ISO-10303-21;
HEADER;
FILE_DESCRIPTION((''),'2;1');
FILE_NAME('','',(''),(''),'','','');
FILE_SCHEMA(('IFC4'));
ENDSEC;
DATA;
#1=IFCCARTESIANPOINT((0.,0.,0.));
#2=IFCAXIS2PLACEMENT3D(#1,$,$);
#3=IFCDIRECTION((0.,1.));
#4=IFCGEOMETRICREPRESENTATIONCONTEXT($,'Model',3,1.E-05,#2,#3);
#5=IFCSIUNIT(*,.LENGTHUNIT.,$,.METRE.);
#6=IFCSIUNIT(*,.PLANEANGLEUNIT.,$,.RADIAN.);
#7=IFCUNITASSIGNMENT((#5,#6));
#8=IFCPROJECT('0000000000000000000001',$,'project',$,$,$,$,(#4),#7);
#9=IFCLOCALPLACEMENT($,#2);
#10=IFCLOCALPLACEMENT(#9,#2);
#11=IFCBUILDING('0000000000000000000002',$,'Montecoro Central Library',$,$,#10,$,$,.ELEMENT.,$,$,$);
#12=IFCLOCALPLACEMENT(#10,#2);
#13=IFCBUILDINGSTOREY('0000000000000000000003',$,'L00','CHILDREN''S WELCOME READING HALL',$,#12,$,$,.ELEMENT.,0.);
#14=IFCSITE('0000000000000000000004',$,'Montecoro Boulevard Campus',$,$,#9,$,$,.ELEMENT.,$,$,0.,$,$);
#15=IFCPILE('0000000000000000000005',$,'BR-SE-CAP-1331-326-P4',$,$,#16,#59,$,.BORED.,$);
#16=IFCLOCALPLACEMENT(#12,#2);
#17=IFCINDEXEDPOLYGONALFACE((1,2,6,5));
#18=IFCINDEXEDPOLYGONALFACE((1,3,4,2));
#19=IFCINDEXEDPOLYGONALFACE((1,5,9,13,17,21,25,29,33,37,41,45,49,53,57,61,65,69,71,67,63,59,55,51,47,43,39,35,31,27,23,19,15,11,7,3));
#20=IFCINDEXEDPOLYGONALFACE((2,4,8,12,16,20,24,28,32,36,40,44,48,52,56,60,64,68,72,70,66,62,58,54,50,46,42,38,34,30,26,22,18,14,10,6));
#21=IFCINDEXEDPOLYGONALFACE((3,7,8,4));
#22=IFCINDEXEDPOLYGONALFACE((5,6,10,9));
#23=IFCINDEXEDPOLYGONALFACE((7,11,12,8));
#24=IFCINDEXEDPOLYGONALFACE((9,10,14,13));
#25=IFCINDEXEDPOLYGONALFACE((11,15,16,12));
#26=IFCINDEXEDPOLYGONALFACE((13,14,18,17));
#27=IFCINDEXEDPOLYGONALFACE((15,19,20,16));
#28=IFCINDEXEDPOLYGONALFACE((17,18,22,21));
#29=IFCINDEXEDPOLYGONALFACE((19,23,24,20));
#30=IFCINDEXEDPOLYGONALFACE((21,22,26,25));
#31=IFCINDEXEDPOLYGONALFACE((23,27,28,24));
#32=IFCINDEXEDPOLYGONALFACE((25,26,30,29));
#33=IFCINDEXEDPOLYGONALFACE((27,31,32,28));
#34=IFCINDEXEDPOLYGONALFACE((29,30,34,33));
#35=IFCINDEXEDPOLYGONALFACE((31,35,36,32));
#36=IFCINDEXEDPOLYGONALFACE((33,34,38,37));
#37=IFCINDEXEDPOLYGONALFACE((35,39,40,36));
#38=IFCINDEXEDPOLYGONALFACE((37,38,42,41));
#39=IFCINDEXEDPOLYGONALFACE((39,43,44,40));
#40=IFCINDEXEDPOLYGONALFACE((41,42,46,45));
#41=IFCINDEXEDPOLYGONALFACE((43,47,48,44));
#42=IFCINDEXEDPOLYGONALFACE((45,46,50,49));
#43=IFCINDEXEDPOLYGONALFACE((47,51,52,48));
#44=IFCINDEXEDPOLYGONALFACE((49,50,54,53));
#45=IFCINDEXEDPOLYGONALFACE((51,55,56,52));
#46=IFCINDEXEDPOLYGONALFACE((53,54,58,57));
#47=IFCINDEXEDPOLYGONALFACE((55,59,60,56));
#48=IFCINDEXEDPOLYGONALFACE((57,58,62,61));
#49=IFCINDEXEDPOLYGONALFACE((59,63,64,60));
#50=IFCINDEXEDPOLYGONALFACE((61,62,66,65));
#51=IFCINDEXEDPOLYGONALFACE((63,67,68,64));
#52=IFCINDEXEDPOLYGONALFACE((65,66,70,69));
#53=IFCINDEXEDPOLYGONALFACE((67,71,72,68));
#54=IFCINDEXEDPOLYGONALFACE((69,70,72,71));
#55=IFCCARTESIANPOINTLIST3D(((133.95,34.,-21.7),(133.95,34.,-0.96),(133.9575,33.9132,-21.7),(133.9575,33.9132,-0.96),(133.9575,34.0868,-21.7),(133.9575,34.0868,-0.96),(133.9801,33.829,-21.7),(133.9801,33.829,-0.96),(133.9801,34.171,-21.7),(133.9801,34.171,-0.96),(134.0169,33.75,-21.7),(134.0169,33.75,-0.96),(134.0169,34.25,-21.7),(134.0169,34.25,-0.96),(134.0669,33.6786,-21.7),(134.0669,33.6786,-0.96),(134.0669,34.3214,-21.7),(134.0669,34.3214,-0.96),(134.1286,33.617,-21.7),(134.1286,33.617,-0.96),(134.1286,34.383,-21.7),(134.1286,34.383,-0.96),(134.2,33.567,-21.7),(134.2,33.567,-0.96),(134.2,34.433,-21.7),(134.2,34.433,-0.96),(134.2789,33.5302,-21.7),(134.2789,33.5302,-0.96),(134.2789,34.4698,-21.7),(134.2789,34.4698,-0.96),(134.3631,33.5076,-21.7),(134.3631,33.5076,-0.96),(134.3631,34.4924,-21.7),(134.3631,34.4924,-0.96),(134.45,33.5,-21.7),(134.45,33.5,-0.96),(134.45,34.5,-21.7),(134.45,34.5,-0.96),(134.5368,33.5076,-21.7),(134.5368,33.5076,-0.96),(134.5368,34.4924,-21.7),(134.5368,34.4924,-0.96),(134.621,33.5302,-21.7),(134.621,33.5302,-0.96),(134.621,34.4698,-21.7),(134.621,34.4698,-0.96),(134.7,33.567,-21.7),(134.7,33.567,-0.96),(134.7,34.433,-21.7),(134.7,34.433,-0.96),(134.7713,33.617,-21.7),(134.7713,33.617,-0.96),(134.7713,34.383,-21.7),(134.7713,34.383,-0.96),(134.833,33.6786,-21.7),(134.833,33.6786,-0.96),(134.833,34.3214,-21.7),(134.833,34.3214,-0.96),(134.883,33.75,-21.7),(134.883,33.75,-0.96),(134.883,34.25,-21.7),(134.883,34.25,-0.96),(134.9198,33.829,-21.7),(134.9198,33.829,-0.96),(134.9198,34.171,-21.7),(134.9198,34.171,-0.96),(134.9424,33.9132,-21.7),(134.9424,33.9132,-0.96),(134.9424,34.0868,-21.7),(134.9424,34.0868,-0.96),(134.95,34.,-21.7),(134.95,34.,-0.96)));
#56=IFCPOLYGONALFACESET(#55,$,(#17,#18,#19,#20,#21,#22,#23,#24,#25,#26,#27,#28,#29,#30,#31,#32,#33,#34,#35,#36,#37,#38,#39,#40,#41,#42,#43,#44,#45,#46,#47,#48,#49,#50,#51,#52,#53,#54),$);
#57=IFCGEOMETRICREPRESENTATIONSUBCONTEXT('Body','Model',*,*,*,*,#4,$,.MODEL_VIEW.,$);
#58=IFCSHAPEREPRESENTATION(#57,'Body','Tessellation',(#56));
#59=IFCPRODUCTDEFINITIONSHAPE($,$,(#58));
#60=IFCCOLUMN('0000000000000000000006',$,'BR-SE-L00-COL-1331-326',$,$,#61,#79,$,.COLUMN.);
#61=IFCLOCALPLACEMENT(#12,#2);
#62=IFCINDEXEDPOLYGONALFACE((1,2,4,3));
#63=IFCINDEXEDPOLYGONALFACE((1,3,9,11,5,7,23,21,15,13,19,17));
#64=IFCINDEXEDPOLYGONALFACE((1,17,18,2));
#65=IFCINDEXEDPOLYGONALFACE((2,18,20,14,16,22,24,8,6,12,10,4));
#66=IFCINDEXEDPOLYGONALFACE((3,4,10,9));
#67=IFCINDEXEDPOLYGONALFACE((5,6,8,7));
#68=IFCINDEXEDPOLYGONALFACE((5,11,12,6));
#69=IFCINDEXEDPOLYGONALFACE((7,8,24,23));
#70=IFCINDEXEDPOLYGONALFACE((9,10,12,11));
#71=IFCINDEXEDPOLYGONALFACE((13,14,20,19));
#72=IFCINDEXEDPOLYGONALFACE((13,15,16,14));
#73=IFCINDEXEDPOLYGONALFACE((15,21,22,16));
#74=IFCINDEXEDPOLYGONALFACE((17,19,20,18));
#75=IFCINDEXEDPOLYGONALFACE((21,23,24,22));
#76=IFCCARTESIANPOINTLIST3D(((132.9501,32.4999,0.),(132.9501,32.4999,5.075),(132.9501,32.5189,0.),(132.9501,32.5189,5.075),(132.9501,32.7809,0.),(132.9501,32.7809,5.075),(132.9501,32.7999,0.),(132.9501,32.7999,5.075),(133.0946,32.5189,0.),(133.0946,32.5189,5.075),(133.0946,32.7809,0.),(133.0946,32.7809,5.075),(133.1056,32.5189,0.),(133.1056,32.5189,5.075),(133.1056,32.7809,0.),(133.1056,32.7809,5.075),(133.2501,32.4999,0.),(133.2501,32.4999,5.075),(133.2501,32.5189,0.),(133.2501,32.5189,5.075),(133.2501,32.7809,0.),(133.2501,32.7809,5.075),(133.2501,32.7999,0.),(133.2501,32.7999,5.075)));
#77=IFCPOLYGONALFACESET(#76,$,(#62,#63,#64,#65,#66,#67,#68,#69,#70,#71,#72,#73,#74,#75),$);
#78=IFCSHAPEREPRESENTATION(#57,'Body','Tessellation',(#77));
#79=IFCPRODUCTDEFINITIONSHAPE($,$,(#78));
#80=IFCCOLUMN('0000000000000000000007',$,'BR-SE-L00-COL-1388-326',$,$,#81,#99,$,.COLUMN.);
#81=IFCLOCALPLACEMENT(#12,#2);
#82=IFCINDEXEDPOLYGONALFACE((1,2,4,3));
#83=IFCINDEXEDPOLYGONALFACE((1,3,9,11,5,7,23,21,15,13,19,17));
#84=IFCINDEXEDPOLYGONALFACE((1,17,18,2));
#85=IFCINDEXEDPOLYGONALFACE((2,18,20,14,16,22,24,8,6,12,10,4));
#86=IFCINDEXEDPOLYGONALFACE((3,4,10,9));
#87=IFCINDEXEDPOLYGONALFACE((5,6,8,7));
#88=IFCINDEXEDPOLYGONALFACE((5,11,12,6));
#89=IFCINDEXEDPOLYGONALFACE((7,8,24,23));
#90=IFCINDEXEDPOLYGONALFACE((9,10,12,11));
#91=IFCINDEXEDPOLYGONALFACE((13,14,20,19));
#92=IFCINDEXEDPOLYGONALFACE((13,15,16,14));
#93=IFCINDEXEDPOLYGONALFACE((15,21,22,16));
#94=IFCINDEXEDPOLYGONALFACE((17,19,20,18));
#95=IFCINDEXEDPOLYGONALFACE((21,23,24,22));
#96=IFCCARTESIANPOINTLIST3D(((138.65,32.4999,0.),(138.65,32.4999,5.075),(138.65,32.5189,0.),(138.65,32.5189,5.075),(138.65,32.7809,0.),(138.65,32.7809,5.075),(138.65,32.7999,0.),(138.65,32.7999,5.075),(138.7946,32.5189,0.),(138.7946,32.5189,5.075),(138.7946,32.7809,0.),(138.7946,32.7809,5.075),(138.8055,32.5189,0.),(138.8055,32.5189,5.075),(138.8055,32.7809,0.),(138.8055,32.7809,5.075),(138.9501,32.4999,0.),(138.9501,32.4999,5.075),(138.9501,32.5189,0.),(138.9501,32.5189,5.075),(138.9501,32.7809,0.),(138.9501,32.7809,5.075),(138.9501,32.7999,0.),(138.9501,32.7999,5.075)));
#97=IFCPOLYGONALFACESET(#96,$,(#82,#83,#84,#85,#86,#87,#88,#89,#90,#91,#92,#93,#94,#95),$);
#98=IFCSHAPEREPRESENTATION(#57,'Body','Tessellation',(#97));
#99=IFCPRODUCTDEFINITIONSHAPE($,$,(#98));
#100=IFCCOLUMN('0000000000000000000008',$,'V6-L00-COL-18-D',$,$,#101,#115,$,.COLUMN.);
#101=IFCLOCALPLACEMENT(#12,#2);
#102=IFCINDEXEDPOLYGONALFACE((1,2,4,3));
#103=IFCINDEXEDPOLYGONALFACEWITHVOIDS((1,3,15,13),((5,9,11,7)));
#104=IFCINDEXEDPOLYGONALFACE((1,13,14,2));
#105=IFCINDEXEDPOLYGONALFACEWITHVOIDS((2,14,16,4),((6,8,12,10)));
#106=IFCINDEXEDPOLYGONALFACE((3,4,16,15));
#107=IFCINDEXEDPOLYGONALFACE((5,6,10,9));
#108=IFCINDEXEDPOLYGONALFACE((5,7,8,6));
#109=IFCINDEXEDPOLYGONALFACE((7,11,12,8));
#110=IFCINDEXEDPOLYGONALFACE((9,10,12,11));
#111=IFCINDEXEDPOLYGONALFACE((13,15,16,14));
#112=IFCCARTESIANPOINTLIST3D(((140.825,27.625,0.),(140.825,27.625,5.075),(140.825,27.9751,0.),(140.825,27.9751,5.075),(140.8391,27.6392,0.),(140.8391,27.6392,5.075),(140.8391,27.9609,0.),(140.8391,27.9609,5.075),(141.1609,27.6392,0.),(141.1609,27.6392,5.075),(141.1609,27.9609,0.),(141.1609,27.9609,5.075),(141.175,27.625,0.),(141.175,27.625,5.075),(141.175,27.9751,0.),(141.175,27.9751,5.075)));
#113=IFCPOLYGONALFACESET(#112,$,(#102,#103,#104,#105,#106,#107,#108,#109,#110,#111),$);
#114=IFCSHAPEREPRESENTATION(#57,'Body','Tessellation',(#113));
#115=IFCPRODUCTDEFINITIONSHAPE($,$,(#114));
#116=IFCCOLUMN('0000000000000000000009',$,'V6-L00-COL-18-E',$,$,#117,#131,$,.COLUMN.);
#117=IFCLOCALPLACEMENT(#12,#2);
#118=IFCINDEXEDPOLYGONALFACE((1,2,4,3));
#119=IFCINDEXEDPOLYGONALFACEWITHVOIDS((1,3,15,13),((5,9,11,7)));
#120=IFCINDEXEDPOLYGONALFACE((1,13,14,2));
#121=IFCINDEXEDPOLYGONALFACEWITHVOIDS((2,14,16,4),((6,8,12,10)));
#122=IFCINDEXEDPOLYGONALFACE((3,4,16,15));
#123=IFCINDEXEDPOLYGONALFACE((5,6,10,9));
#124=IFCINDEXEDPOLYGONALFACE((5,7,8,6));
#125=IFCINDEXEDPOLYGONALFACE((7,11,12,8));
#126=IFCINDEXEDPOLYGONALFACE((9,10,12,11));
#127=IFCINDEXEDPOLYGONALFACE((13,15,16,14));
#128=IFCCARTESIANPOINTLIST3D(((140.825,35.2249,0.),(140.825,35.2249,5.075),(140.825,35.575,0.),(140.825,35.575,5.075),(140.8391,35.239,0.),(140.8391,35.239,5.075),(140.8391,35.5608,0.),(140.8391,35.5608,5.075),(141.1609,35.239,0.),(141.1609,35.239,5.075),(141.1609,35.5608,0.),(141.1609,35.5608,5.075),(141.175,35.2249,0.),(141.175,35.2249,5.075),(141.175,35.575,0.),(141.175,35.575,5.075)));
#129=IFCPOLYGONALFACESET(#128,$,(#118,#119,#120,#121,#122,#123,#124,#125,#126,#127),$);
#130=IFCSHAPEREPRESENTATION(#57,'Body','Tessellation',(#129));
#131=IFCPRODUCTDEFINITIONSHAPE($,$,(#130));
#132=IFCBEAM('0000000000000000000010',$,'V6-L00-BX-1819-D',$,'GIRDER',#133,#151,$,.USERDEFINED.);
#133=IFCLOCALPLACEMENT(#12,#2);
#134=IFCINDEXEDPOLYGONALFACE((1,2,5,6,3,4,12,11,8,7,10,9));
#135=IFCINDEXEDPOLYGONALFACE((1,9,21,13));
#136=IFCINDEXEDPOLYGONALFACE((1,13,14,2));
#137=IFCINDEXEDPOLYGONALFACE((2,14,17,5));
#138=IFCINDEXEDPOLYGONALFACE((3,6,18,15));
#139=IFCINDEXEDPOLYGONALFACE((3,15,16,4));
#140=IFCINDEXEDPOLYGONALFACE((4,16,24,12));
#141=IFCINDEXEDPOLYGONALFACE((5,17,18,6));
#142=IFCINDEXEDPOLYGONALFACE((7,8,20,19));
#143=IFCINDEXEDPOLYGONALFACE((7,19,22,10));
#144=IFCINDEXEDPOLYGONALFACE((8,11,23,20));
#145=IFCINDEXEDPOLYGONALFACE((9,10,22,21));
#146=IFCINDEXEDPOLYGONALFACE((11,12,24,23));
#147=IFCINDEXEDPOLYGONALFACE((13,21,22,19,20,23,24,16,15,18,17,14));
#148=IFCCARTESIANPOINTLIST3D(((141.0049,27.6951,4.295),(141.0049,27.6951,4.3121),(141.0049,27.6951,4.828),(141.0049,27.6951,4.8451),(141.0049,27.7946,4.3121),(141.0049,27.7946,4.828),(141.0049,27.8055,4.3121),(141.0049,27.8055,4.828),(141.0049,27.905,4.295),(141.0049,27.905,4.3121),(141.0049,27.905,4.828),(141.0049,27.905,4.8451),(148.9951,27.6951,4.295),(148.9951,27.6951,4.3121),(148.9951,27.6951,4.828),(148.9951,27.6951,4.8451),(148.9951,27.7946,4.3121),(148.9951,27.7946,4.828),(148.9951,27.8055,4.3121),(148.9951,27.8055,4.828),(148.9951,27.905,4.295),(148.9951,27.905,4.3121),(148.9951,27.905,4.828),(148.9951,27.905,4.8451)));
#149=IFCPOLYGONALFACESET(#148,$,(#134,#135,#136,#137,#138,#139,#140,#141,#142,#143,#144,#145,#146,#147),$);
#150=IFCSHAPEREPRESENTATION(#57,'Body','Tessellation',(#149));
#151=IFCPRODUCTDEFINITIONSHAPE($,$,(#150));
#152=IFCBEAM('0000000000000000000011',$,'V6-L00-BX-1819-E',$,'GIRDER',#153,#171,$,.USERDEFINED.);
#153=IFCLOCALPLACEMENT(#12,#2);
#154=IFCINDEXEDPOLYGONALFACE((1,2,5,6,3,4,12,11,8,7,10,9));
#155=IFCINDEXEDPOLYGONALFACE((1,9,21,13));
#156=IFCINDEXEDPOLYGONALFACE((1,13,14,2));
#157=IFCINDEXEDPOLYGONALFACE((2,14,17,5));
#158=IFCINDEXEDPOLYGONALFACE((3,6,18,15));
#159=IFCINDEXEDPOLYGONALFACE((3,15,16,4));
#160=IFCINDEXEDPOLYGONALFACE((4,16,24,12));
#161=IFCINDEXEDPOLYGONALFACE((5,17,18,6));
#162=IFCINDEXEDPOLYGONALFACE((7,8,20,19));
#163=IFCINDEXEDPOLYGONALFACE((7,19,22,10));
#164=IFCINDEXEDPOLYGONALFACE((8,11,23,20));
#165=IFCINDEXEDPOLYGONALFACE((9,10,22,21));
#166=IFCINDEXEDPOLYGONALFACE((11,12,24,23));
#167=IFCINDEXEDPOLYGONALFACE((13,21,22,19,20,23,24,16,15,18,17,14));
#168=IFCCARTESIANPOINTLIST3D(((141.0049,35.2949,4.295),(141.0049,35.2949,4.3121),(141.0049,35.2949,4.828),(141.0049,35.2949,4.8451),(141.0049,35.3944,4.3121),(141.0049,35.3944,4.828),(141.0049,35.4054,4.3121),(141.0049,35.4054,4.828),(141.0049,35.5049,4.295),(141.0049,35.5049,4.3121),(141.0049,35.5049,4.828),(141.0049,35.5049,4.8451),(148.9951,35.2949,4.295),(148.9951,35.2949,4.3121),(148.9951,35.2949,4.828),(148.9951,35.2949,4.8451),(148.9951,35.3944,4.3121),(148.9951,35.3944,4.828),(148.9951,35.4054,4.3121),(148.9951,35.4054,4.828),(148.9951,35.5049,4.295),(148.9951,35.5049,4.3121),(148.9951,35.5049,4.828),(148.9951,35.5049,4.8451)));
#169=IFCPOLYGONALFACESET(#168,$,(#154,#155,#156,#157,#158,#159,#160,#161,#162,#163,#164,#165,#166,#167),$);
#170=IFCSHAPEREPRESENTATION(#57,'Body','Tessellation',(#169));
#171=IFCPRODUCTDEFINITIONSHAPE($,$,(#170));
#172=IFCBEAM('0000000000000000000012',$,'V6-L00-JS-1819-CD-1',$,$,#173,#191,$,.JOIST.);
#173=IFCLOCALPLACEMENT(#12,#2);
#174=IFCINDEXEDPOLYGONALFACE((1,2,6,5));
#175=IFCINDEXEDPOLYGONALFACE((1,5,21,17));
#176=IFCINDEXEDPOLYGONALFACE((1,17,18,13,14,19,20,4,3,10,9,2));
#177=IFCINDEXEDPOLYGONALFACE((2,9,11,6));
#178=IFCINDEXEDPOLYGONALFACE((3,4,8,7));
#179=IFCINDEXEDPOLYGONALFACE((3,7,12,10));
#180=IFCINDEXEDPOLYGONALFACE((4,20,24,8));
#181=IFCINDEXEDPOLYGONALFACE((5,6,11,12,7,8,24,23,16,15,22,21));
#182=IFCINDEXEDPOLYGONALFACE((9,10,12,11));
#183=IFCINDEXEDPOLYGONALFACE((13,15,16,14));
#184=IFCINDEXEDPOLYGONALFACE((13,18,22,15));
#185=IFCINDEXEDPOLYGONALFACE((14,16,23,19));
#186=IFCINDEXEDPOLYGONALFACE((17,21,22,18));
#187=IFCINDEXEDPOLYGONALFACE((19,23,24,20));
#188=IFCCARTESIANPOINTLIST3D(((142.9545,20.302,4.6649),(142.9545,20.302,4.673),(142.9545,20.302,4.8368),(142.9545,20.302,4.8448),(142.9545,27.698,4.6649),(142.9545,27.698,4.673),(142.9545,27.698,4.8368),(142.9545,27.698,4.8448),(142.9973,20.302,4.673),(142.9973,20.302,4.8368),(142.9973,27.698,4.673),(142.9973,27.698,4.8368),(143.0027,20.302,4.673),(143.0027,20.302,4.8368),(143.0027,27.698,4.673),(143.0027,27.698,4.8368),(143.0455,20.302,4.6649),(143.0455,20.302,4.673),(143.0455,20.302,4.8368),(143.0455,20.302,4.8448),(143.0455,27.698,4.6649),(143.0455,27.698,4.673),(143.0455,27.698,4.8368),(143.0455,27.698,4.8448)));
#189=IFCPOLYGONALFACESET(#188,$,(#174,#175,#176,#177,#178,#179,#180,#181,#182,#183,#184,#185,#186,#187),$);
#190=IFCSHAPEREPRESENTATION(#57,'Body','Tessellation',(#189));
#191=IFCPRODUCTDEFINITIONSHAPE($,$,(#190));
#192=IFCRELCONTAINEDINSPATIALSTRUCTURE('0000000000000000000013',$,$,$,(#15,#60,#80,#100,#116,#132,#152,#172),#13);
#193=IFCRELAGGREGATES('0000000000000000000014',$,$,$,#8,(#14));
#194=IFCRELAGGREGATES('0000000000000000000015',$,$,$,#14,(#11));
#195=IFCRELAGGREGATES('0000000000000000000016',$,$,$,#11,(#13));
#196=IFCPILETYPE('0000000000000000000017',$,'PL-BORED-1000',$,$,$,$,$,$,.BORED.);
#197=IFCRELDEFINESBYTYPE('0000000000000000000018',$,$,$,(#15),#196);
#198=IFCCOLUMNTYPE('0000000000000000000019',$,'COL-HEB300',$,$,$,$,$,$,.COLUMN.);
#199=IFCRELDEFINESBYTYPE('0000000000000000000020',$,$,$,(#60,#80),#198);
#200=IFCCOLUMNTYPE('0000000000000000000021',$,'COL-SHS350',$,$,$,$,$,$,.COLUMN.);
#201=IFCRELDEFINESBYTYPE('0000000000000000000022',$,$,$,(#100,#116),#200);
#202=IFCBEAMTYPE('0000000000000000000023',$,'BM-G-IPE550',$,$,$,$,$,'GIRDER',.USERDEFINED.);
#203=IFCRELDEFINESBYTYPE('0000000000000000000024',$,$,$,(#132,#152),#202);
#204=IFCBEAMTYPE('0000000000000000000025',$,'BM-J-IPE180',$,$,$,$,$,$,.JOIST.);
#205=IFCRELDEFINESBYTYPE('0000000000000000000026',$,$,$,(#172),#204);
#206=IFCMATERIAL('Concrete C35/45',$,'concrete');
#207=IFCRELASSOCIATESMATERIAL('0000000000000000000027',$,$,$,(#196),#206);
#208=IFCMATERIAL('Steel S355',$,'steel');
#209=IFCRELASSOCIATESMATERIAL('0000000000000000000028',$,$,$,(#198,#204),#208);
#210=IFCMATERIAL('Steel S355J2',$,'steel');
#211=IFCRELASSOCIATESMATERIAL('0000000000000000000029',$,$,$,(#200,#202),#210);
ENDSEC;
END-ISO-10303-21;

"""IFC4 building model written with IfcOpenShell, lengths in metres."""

from ifc_helpers import new_model, si_unit, direction, frame, origin, origin_2d, place, context, subcontext, project, spatial, hollow_rectangle, circle, i_section, extrude, material, material_profile, profile_set, type_object, element, save


model = new_model("IFC4")

# Units and contexts
model_context = context("Model", 3, precision=1e-05, world=origin(), true_north=direction((0.0, 1.0)))
body_context = subcontext(model_context, "Body", "Model", "MODEL_VIEW")
ifc_project = project(units=[si_unit("LENGTHUNIT", "METRE"), si_unit("PLANEANGLEUNIT", "RADIAN")], contexts=[model_context])

# Site, building, storey
site_placement = place(None, origin())
site = spatial("IfcSite", under=ifc_project, at=site_placement, Name="Montecoro Boulevard Campus", CompositionType="ELEMENT", RefElevation=0.0)
building_placement = place(site_placement, origin())
building = spatial("IfcBuilding", under=site, at=building_placement, Name="Montecoro Central Library", CompositionType="ELEMENT")
storey_placement = place(building_placement, origin())
storey = spatial("IfcBuildingStorey", under=building, at=storey_placement, Name="L00", Description="CHILDREN'S WELCOME READING HALL", CompositionType="ELEMENT", Elevation=0.0)

# Shared definitions
ifc_material_1 = material(Name="Concrete C35/45", Category="concrete")

# Pile
ifc_material_profile_1 = material_profile(ifc_material_1, circle(Radius=0.5, at=origin_2d()), Name="PILE D1000")
ifc_profile_set_1 = profile_set([ifc_material_profile_1], Name="Concrete C35/45")
pile_type = type_object("IfcPileType", Name="PL-BORED-1000", PredefinedType="BORED", material=ifc_profile_set_1)
for number, where, z_axis, x_axis, name in (
    (1, (134.45, 34.0, -0.96), (0.0, 0.0, -1.0), (1.0, 0.0, 0.0), "BR-SE-CAP-1331-326-P4"),
):
    element("IfcPile", number, at=place(storey_placement, frame(where, z_axis=z_axis, x_axis=x_axis)), inside=storey, type_object=pile_type, Name=name, PredefinedType="BORED", context=body_context, shape_type="SweptSolid", body=[
        extrude(circle(Radius=0.5, at=origin_2d()), origin(), (0.0, 0.0, 1.0), 20.74),
    ])

# Columns
ifc_material_2 = material(Name="Steel S355", Category="steel")
ifc_material_profile_2 = material_profile(ifc_material_2, i_section(OverallWidth=0.3, OverallDepth=0.3, WebThickness=0.011, FlangeThickness=0.019, at=origin_2d()), Name="HEB 300")
ifc_profile_set_2 = profile_set([ifc_material_profile_2], Name="Steel S355")
column_type_1 = type_object("IfcColumnType", Name="COL-HEB300", PredefinedType="COLUMN", material=ifc_profile_set_2)
for number, where, z_axis, x_axis, name in (
    (2, (133.1001, 32.6499, 0.0), (0.0, 0.0, 1.0), (1.0, 0.0, 0.0), "BR-SE-L00-COL-1331-326"),
    (3, (138.8, 32.6499, 0.0), (0.0, 0.0, 1.0), (1.0, 0.0, 0.0), "BR-SE-L00-COL-1388-326"),
):
    element("IfcColumn", number, at=place(storey_placement, frame(where, z_axis=z_axis, x_axis=x_axis)), inside=storey, type_object=column_type_1, Name=name, PredefinedType="COLUMN", context=body_context, shape_type="SweptSolid", body=[
        extrude(i_section(OverallWidth=0.3, OverallDepth=0.3, WebThickness=0.011, FlangeThickness=0.019, at=origin_2d()), origin(), (0.0, 0.0, 1.0), 5.075),
    ])
ifc_material_3 = material(Name="Steel S355J2", Category="steel")
ifc_material_profile_3 = material_profile(ifc_material_3, hollow_rectangle(XDim=0.3501, YDim=0.3501, WallThickness=0.0142, at=origin_2d()), Name="SHS 350x350x14.2")
ifc_profile_set_3 = profile_set([ifc_material_profile_3], Name="Steel S355J2")
column_type_2 = type_object("IfcColumnType", Name="COL-SHS350", PredefinedType="COLUMN", material=ifc_profile_set_3)
for number, where, z_axis, x_axis, name in (
    (4, (141.0, 27.8, 0.0), (0.0, 0.0, 1.0), (1.0, 0.0, 0.0), "V6-L00-COL-18-D"),
    (5, (141.0, 35.3999, 0.0), (0.0, 0.0, 1.0), (1.0, 0.0, 0.0), "V6-L00-COL-18-E"),
):
    element("IfcColumn", number, at=place(storey_placement, frame(where, z_axis=z_axis, x_axis=x_axis)), inside=storey, type_object=column_type_2, Name=name, PredefinedType="COLUMN", context=body_context, shape_type="SweptSolid", body=[
        extrude(hollow_rectangle(XDim=0.3501, YDim=0.3501, WallThickness=0.0142, at=origin_2d()), origin(), (0.0, 0.0, 1.0), 5.075),
    ])

# Beams
ifc_material_profile_4 = material_profile(ifc_material_3, i_section(OverallWidth=0.21, OverallDepth=0.55, WebThickness=0.011, FlangeThickness=0.0171, at=origin_2d()), Name="IPE 550")
ifc_profile_set_4 = profile_set([ifc_material_profile_4], Name="Steel S355J2")
beam_type_1 = type_object("IfcBeamType", Name="BM-G-IPE550", ElementType="GIRDER", PredefinedType="USERDEFINED", material=ifc_profile_set_4)
for number, where, z_axis, x_axis, name in (
    (6, (141.0049, 27.8, 4.5701), (1.0, 0.0, 0.0), (0.0, 1.0, 0.0), "V6-L00-BX-1819-D"),
    (7, (141.0049, 35.3999, 4.5701), (1.0, 0.0, 0.0), (0.0, 1.0, 0.0), "V6-L00-BX-1819-E"),
):
    element("IfcBeam", number, at=place(storey_placement, frame(where, z_axis=z_axis, x_axis=x_axis)), inside=storey, type_object=beam_type_1, Name=name, ObjectType="GIRDER", PredefinedType="USERDEFINED", context=body_context, shape_type="SweptSolid", body=[
        extrude(i_section(OverallWidth=0.21, OverallDepth=0.55, WebThickness=0.011, FlangeThickness=0.0171, at=origin_2d()), origin(), (0.0, 0.0, 1.0), 7.9902),
    ])
ifc_material_profile_5 = material_profile(ifc_material_2, i_section(OverallWidth=0.0911, OverallDepth=0.1799, WebThickness=0.0054, FlangeThickness=0.0081, at=origin_2d()), Name="IPE 180")
ifc_profile_set_5 = profile_set([ifc_material_profile_5], Name="Steel S355")
beam_type_2 = type_object("IfcBeamType", Name="BM-J-IPE180", PredefinedType="JOIST", material=ifc_profile_set_5)
beam_1_placement = place(storey_placement, frame((143.0, 20.302, 4.7549), z_axis=(0.0, 1.0, 0.0), x_axis=(-1.0, 0.0, 0.0)))
element("IfcBeam", 8, at=beam_1_placement, inside=storey, type_object=beam_type_2, Name="V6-L00-JS-1819-CD-1", PredefinedType="JOIST", context=body_context, shape_type="SweptSolid", body=[
    extrude(i_section(OverallWidth=0.0911, OverallDepth=0.1799, WebThickness=0.0054, FlangeThickness=0.0081, at=origin_2d()), origin(), (0.0, 0.0, 1.0), 7.396),
])

save(model, "model.ifc")
